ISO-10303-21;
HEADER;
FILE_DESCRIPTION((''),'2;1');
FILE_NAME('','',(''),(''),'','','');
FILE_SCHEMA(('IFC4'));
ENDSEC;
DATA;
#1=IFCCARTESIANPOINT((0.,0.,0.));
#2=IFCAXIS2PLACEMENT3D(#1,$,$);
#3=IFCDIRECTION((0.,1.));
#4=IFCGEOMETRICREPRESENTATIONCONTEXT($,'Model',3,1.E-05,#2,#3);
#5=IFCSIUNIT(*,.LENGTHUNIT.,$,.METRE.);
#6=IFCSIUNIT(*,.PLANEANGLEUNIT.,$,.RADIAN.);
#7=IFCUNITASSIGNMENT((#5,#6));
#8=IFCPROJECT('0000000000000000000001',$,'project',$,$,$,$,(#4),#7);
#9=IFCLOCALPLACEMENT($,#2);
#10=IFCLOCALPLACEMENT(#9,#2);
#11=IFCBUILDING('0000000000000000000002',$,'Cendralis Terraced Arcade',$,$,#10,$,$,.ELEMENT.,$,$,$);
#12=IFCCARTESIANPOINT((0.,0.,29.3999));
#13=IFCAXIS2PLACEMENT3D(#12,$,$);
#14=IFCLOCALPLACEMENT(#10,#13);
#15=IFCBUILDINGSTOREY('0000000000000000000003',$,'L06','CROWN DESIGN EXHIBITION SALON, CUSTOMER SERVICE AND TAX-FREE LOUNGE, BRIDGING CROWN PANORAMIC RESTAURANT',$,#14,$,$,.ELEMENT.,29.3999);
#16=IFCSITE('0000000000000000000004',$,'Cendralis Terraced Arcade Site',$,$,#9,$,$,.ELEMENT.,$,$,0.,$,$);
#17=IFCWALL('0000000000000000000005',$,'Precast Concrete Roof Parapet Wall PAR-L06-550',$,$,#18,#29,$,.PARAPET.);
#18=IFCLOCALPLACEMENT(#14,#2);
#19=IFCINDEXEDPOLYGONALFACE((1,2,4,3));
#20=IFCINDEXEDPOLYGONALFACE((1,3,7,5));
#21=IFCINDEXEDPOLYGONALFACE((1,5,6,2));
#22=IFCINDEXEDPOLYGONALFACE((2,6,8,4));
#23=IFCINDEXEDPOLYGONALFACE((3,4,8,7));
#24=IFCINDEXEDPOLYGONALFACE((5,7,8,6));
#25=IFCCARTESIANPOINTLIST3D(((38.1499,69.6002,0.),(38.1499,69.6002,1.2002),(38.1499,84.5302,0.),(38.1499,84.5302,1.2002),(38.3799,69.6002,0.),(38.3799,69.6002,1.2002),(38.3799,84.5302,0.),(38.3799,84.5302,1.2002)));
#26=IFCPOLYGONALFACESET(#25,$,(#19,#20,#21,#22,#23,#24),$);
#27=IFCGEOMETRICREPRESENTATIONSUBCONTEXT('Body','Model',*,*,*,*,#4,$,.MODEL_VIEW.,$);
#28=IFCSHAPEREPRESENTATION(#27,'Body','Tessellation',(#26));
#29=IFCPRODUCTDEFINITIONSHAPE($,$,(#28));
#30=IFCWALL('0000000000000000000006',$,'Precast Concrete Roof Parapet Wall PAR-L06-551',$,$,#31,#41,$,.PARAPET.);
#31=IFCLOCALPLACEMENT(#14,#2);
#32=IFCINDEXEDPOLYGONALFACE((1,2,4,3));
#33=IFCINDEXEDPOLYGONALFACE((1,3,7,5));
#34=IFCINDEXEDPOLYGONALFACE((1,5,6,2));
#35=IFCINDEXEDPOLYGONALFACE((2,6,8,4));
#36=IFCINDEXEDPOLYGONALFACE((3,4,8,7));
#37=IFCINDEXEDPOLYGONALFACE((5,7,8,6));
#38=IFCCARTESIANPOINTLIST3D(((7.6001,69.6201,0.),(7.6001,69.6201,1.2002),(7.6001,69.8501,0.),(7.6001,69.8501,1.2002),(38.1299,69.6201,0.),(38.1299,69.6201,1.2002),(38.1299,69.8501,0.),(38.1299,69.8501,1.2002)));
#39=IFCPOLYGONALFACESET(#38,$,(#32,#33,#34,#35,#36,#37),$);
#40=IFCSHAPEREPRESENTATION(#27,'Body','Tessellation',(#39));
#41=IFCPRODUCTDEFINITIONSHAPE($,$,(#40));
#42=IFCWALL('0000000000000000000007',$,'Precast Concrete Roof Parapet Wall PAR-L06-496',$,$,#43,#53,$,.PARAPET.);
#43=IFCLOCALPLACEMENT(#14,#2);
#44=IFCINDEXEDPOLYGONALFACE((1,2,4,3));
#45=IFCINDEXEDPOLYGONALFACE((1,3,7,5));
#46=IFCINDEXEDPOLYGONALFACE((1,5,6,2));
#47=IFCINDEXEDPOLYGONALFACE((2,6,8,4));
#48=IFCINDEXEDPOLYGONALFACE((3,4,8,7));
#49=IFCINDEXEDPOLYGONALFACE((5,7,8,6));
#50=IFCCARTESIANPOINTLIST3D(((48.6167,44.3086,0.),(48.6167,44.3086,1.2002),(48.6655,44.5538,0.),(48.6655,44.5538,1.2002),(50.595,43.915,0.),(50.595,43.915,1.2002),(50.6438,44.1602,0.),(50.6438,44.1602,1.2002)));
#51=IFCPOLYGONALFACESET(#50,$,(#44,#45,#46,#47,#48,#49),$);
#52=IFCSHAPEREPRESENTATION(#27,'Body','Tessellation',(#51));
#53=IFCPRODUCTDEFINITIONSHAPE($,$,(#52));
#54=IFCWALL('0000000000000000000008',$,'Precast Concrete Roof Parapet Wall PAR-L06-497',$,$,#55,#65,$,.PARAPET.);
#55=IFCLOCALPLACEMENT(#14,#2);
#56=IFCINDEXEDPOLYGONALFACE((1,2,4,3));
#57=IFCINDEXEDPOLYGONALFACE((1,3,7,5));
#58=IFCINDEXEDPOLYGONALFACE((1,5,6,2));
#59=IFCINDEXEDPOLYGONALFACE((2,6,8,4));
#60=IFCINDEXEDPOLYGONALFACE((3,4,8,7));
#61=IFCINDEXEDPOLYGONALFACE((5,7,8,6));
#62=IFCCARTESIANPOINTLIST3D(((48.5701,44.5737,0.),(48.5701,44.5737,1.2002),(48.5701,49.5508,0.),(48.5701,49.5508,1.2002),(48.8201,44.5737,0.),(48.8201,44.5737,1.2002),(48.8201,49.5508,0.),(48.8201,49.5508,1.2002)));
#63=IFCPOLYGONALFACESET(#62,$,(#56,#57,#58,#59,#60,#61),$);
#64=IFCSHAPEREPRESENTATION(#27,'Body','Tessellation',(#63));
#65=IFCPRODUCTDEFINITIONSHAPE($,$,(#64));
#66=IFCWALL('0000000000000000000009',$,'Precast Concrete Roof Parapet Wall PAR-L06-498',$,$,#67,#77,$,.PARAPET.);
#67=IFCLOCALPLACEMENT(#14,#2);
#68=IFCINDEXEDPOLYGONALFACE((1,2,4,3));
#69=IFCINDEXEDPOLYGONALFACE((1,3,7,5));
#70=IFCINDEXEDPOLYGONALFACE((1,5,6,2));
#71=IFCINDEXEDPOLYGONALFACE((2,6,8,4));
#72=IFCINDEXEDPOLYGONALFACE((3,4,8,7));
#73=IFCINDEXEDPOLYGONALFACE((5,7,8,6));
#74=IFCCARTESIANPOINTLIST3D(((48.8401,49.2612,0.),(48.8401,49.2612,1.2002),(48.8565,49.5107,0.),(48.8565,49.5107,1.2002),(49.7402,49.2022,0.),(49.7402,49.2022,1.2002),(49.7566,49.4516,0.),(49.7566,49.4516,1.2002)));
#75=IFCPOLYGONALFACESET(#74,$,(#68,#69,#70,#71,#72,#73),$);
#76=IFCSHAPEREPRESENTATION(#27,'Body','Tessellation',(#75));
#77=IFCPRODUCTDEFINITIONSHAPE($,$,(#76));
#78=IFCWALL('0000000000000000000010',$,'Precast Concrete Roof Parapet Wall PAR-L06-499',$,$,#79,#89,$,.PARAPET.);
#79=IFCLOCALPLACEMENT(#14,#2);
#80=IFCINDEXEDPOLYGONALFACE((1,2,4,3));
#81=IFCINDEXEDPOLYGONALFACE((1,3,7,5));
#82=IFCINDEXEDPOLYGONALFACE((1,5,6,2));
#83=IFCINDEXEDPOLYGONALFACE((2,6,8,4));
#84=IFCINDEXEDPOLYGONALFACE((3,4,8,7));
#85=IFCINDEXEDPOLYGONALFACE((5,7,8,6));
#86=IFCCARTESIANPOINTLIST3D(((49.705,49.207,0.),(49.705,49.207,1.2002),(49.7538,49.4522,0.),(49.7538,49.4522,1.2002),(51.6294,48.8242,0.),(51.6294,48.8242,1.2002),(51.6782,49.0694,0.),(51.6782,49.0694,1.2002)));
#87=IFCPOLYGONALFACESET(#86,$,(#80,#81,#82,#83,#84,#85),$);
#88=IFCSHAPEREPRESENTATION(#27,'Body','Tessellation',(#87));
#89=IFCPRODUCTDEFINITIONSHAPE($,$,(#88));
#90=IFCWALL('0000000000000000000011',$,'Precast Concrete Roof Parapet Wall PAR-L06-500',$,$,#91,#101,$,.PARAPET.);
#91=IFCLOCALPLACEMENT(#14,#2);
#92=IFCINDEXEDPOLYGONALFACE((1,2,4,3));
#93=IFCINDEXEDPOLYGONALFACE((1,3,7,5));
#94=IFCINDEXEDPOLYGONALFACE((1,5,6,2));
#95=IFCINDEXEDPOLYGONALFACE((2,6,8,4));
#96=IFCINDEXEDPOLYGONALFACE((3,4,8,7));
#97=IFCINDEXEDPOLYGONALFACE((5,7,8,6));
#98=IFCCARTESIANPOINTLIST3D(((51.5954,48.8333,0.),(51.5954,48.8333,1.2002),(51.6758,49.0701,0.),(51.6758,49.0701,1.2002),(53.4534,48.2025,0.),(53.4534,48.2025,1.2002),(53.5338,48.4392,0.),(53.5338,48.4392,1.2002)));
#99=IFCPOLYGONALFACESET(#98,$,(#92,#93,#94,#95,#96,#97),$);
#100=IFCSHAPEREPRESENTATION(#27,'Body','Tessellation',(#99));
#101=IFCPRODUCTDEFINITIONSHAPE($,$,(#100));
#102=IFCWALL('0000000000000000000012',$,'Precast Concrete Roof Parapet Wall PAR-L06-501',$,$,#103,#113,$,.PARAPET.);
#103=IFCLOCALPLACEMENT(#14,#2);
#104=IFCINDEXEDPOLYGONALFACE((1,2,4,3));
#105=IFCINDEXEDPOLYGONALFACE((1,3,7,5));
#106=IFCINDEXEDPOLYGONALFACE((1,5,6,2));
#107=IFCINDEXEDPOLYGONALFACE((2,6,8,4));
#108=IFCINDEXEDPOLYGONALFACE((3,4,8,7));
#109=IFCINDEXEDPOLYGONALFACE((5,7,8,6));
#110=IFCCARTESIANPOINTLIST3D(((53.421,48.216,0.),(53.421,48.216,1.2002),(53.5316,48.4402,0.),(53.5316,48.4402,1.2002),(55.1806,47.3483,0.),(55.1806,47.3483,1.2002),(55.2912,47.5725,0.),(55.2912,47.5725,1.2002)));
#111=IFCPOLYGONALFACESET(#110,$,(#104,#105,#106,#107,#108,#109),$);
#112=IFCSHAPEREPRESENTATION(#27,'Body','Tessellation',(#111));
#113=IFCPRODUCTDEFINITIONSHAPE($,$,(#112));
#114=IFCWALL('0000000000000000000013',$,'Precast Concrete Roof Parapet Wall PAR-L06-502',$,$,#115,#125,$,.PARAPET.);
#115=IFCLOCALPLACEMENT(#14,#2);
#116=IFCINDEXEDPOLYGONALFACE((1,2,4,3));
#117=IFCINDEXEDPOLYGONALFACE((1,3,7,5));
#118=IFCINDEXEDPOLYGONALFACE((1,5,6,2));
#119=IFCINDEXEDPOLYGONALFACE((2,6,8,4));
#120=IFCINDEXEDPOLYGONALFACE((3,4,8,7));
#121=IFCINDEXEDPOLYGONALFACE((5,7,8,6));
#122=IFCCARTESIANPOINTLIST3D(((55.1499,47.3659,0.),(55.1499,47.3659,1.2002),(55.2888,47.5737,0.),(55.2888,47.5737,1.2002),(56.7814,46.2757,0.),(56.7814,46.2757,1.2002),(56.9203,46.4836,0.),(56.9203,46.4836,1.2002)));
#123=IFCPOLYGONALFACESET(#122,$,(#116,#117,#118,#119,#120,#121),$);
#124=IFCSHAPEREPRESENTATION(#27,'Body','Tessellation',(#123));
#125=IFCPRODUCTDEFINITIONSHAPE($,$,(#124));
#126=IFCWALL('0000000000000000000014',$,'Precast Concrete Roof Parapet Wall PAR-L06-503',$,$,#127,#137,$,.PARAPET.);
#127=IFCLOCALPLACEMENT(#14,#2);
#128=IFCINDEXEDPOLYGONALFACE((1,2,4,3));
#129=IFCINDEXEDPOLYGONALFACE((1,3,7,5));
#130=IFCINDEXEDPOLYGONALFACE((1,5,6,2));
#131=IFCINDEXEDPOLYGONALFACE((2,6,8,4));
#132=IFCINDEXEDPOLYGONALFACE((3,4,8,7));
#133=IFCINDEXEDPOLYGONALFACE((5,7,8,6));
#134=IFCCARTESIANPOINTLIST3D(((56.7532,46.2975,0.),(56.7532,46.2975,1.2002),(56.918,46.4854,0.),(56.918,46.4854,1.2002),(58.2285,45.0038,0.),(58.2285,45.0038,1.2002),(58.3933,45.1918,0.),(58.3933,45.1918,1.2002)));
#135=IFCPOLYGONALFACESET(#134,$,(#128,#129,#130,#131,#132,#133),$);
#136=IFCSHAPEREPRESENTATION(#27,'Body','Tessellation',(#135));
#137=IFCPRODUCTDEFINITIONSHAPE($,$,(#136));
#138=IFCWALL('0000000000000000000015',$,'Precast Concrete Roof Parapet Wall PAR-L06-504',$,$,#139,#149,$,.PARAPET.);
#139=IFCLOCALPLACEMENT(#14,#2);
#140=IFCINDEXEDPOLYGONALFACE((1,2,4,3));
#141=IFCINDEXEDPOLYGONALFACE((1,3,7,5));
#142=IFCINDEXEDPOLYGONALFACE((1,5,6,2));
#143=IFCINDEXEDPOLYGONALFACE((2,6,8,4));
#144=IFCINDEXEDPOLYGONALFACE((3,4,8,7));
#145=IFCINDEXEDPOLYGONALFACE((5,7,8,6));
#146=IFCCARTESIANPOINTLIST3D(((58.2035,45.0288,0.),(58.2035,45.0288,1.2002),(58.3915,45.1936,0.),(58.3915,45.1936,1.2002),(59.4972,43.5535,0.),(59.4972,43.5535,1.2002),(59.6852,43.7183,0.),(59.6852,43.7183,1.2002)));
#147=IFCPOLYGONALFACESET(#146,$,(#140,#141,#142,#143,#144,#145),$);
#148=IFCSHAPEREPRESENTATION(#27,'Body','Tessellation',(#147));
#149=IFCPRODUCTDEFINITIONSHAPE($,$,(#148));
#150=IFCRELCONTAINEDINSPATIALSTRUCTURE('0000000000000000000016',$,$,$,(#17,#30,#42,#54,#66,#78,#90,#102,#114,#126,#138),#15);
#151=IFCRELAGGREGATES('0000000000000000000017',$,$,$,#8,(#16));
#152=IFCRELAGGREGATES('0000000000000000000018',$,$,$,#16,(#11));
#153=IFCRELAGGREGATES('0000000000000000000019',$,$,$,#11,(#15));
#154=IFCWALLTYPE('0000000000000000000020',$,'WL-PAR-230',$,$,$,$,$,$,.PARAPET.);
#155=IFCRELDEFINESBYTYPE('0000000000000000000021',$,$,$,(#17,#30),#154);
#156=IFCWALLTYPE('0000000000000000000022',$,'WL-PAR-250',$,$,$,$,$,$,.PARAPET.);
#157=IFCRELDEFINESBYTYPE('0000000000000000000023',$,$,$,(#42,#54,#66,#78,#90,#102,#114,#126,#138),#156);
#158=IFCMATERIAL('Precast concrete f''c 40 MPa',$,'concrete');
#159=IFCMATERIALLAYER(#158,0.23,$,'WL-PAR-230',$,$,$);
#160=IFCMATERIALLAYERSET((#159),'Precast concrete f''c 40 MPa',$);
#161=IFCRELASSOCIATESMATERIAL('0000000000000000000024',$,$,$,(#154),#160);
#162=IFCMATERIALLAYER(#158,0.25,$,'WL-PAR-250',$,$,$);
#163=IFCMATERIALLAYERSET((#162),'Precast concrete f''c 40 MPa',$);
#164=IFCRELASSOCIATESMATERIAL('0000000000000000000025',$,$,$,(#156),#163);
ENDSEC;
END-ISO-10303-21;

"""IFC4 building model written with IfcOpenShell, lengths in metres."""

from ifc_helpers import new_model, si_unit, direction, frame, frame_2d, origin, place, context, subcontext, project, spatial, rectangle, extrude, material, layer, layer_set, type_object, element, save


model = new_model("IFC4")

# Units and contexts
model_context = context("Model", 3, precision=1e-05, world=origin(), true_north=direction((0.0, 1.0)))
body_context = subcontext(model_context, "Body", "Model", "MODEL_VIEW")
ifc_project = project(units=[si_unit("LENGTHUNIT", "METRE"), si_unit("PLANEANGLEUNIT", "RADIAN")], contexts=[model_context])

# Site, building, storey
site_placement = place(None, origin())
site = spatial("IfcSite", under=ifc_project, at=site_placement, Name="Cendralis Terraced Arcade Site", CompositionType="ELEMENT", RefElevation=0.0)
building_placement = place(site_placement, origin())
building = spatial("IfcBuilding", under=site, at=building_placement, Name="Cendralis Terraced Arcade", CompositionType="ELEMENT")
storey_placement = place(building_placement, frame((0.0, 0.0, 29.3999)))
storey = spatial("IfcBuildingStorey", under=building, at=storey_placement, Name="L06", Description="CROWN DESIGN EXHIBITION SALON, CUSTOMER SERVICE AND TAX-FREE LOUNGE, BRIDGING CROWN PANORAMIC RESTAURANT", CompositionType="ELEMENT", Elevation=29.3999)

# Walls
ifc_material_1 = material(Name="Precast concrete f'c 40 MPa", Category="concrete")
ifc_layer_1 = layer(ifc_material_1, 0.23, Name="WL-PAR-230")
ifc_layer_set_1 = layer_set([ifc_layer_1], Name="Precast concrete f'c 40 MPa")
wall_type_1 = type_object("IfcWallType", Name="WL-PAR-230", PredefinedType="PARAPET", material=ifc_layer_set_1)
wall_1_placement = place(storey_placement, frame((38.2649, 84.53, 0.0), z_axis=(0.0, 0.0, 1.0), x_axis=(0.0, -1.0, 0.0)))
element("IfcWall", 1, at=wall_1_placement, inside=storey, type_object=wall_type_1, Name="Precast Concrete Roof Parapet Wall PAR-L06-550", PredefinedType="PARAPET", context=body_context, shape_type="SweptSolid", body=[
    extrude(rectangle(XDim=14.9299, YDim=0.23, at=frame_2d((7.4648, 0.0))), origin(), (0.0, 0.0, 1.0), 1.2002),
])
wall_2_placement = place(storey_placement, frame((38.1299, 69.7351, 0.0), z_axis=(0.0, 0.0, 1.0), x_axis=(-1.0, 0.0, 0.0)))
element("IfcWall", 2, at=wall_2_placement, inside=storey, type_object=wall_type_1, Name="Precast Concrete Roof Parapet Wall PAR-L06-551", PredefinedType="PARAPET", context=body_context, shape_type="SweptSolid", body=[
    extrude(rectangle(XDim=30.5298, YDim=0.23, at=frame_2d((15.2649, 0.0))), origin(), (0.0, 0.0, 1.0), 1.2002),
])
ifc_layer_2 = layer(ifc_material_1, 0.25, Name="WL-PAR-250")
ifc_layer_set_2 = layer_set([ifc_layer_2], Name="Precast concrete f'c 40 MPa")
wall_type_2 = type_object("IfcWallType", Name="WL-PAR-250", PredefinedType="PARAPET", material=ifc_layer_set_2)
wall_3_placement = place(storey_placement, frame((50.6194, 44.0376, 0.0), z_axis=(0.0, 0.0, 1.0), x_axis=(-0.98078, 0.195115, 0.0)))
element("IfcWall", 3, at=wall_3_placement, inside=storey, type_object=wall_type_2, Name="Precast Concrete Roof Parapet Wall PAR-L06-496", PredefinedType="PARAPET", context=body_context, shape_type="SweptSolid", body=[
    extrude(rectangle(XDim=2.0171, YDim=0.25, at=frame_2d((1.0085, 0.0))), origin(), (0.0, 0.0, 1.0), 1.2002),
])
wall_4_placement = place(storey_placement, frame((48.6951, 44.5737, 0.0), z_axis=(0.0, 0.0, 1.0), x_axis=(0.0, 1.0, 0.0)))
element("IfcWall", 4, at=wall_4_placement, inside=storey, type_object=wall_type_2, Name="Precast Concrete Roof Parapet Wall PAR-L06-497", PredefinedType="PARAPET", context=body_context, shape_type="SweptSolid", body=[
    extrude(rectangle(XDim=4.9771, YDim=0.25, at=frame_2d((2.4885, 0.0))), origin(), (0.0, 0.0, 1.0), 1.2002),
])
wall_5_placement = place(storey_placement, frame((48.8481, 49.386, 0.0), z_axis=(0.0, 0.0, 1.0), x_axis=(0.997853, -0.065495, 0.0)))
element("IfcWall", 5, at=wall_5_placement, inside=storey, type_object=wall_type_2, Name="Precast Concrete Roof Parapet Wall PAR-L06-498", PredefinedType="PARAPET", context=body_context, shape_type="SweptSolid", body=[
    extrude(rectangle(XDim=0.9021, YDim=0.25, at=frame_2d((0.4512, 0.0))), origin(), (0.0, 0.0, 1.0), 1.2002),
])
for number, where, z_axis, x_axis, name in (
    (6, (49.7295, 49.3296, 0.0), (0.0, 0.0, 1.0), (0.980786, -0.195087, 0.0), "Precast Concrete Roof Parapet Wall PAR-L06-499"),
    (7, (51.6357, 48.9517, 0.0), (0.0, 0.0, 1.0), (0.946902, -0.321523, 0.0), "Precast Concrete Roof Parapet Wall PAR-L06-500"),
):
    element("IfcWall", number, at=place(storey_placement, frame(where, z_axis=z_axis, x_axis=x_axis)), inside=storey, type_object=wall_type_2, Name=name, PredefinedType="PARAPET", context=body_context, shape_type="SweptSolid", body=[
        extrude(rectangle(XDim=1.9622, YDim=0.25, at=frame_2d((0.981, 0.0))), origin(), (0.0, 0.0, 1.0), 1.2002),
    ])
wall_6_placement = place(storey_placement, frame((53.4763, 48.3281, 0.0), z_axis=(0.0, 0.0, 1.0), x_axis=(0.896878, -0.442279, 0.0)))
element("IfcWall", 8, at=wall_6_placement, inside=storey, type_object=wall_type_2, Name="Precast Concrete Roof Parapet Wall PAR-L06-501", PredefinedType="PARAPET", context=body_context, shape_type="SweptSolid", body=[
    extrude(rectangle(XDim=1.9619, YDim=0.25, at=frame_2d((0.981, 0.0))), origin(), (0.0, 0.0, 1.0), 1.2002),
])
for number, where, z_axis, x_axis, name in (
    (9, (55.2195, 47.4697, 0.0), (0.0, 0.0, 1.0), (0.831456, -0.55559, 0.0), "Precast Concrete Roof Parapet Wall PAR-L06-502"),
    (10, (56.8357, 46.3914, 0.0), (0.0, 0.0, 1.0), (0.751875, -0.659306, 0.0), "Precast Concrete Roof Parapet Wall PAR-L06-503"),
    (11, (58.2976, 45.1111, 0.0), (0.0, 0.0, 1.0), (0.659306, -0.751875, 0.0), "Precast Concrete Roof Parapet Wall PAR-L06-504"),
):
    element("IfcWall", number, at=place(storey_placement, frame(where, z_axis=z_axis, x_axis=x_axis)), inside=storey, type_object=wall_type_2, Name=name, PredefinedType="PARAPET", context=body_context, shape_type="SweptSolid", body=[
        extrude(rectangle(XDim=1.9622, YDim=0.25, at=frame_2d((0.981, 0.0))), origin(), (0.0, 0.0, 1.0), 1.2002),
    ])

save(model, "model.ifc")
